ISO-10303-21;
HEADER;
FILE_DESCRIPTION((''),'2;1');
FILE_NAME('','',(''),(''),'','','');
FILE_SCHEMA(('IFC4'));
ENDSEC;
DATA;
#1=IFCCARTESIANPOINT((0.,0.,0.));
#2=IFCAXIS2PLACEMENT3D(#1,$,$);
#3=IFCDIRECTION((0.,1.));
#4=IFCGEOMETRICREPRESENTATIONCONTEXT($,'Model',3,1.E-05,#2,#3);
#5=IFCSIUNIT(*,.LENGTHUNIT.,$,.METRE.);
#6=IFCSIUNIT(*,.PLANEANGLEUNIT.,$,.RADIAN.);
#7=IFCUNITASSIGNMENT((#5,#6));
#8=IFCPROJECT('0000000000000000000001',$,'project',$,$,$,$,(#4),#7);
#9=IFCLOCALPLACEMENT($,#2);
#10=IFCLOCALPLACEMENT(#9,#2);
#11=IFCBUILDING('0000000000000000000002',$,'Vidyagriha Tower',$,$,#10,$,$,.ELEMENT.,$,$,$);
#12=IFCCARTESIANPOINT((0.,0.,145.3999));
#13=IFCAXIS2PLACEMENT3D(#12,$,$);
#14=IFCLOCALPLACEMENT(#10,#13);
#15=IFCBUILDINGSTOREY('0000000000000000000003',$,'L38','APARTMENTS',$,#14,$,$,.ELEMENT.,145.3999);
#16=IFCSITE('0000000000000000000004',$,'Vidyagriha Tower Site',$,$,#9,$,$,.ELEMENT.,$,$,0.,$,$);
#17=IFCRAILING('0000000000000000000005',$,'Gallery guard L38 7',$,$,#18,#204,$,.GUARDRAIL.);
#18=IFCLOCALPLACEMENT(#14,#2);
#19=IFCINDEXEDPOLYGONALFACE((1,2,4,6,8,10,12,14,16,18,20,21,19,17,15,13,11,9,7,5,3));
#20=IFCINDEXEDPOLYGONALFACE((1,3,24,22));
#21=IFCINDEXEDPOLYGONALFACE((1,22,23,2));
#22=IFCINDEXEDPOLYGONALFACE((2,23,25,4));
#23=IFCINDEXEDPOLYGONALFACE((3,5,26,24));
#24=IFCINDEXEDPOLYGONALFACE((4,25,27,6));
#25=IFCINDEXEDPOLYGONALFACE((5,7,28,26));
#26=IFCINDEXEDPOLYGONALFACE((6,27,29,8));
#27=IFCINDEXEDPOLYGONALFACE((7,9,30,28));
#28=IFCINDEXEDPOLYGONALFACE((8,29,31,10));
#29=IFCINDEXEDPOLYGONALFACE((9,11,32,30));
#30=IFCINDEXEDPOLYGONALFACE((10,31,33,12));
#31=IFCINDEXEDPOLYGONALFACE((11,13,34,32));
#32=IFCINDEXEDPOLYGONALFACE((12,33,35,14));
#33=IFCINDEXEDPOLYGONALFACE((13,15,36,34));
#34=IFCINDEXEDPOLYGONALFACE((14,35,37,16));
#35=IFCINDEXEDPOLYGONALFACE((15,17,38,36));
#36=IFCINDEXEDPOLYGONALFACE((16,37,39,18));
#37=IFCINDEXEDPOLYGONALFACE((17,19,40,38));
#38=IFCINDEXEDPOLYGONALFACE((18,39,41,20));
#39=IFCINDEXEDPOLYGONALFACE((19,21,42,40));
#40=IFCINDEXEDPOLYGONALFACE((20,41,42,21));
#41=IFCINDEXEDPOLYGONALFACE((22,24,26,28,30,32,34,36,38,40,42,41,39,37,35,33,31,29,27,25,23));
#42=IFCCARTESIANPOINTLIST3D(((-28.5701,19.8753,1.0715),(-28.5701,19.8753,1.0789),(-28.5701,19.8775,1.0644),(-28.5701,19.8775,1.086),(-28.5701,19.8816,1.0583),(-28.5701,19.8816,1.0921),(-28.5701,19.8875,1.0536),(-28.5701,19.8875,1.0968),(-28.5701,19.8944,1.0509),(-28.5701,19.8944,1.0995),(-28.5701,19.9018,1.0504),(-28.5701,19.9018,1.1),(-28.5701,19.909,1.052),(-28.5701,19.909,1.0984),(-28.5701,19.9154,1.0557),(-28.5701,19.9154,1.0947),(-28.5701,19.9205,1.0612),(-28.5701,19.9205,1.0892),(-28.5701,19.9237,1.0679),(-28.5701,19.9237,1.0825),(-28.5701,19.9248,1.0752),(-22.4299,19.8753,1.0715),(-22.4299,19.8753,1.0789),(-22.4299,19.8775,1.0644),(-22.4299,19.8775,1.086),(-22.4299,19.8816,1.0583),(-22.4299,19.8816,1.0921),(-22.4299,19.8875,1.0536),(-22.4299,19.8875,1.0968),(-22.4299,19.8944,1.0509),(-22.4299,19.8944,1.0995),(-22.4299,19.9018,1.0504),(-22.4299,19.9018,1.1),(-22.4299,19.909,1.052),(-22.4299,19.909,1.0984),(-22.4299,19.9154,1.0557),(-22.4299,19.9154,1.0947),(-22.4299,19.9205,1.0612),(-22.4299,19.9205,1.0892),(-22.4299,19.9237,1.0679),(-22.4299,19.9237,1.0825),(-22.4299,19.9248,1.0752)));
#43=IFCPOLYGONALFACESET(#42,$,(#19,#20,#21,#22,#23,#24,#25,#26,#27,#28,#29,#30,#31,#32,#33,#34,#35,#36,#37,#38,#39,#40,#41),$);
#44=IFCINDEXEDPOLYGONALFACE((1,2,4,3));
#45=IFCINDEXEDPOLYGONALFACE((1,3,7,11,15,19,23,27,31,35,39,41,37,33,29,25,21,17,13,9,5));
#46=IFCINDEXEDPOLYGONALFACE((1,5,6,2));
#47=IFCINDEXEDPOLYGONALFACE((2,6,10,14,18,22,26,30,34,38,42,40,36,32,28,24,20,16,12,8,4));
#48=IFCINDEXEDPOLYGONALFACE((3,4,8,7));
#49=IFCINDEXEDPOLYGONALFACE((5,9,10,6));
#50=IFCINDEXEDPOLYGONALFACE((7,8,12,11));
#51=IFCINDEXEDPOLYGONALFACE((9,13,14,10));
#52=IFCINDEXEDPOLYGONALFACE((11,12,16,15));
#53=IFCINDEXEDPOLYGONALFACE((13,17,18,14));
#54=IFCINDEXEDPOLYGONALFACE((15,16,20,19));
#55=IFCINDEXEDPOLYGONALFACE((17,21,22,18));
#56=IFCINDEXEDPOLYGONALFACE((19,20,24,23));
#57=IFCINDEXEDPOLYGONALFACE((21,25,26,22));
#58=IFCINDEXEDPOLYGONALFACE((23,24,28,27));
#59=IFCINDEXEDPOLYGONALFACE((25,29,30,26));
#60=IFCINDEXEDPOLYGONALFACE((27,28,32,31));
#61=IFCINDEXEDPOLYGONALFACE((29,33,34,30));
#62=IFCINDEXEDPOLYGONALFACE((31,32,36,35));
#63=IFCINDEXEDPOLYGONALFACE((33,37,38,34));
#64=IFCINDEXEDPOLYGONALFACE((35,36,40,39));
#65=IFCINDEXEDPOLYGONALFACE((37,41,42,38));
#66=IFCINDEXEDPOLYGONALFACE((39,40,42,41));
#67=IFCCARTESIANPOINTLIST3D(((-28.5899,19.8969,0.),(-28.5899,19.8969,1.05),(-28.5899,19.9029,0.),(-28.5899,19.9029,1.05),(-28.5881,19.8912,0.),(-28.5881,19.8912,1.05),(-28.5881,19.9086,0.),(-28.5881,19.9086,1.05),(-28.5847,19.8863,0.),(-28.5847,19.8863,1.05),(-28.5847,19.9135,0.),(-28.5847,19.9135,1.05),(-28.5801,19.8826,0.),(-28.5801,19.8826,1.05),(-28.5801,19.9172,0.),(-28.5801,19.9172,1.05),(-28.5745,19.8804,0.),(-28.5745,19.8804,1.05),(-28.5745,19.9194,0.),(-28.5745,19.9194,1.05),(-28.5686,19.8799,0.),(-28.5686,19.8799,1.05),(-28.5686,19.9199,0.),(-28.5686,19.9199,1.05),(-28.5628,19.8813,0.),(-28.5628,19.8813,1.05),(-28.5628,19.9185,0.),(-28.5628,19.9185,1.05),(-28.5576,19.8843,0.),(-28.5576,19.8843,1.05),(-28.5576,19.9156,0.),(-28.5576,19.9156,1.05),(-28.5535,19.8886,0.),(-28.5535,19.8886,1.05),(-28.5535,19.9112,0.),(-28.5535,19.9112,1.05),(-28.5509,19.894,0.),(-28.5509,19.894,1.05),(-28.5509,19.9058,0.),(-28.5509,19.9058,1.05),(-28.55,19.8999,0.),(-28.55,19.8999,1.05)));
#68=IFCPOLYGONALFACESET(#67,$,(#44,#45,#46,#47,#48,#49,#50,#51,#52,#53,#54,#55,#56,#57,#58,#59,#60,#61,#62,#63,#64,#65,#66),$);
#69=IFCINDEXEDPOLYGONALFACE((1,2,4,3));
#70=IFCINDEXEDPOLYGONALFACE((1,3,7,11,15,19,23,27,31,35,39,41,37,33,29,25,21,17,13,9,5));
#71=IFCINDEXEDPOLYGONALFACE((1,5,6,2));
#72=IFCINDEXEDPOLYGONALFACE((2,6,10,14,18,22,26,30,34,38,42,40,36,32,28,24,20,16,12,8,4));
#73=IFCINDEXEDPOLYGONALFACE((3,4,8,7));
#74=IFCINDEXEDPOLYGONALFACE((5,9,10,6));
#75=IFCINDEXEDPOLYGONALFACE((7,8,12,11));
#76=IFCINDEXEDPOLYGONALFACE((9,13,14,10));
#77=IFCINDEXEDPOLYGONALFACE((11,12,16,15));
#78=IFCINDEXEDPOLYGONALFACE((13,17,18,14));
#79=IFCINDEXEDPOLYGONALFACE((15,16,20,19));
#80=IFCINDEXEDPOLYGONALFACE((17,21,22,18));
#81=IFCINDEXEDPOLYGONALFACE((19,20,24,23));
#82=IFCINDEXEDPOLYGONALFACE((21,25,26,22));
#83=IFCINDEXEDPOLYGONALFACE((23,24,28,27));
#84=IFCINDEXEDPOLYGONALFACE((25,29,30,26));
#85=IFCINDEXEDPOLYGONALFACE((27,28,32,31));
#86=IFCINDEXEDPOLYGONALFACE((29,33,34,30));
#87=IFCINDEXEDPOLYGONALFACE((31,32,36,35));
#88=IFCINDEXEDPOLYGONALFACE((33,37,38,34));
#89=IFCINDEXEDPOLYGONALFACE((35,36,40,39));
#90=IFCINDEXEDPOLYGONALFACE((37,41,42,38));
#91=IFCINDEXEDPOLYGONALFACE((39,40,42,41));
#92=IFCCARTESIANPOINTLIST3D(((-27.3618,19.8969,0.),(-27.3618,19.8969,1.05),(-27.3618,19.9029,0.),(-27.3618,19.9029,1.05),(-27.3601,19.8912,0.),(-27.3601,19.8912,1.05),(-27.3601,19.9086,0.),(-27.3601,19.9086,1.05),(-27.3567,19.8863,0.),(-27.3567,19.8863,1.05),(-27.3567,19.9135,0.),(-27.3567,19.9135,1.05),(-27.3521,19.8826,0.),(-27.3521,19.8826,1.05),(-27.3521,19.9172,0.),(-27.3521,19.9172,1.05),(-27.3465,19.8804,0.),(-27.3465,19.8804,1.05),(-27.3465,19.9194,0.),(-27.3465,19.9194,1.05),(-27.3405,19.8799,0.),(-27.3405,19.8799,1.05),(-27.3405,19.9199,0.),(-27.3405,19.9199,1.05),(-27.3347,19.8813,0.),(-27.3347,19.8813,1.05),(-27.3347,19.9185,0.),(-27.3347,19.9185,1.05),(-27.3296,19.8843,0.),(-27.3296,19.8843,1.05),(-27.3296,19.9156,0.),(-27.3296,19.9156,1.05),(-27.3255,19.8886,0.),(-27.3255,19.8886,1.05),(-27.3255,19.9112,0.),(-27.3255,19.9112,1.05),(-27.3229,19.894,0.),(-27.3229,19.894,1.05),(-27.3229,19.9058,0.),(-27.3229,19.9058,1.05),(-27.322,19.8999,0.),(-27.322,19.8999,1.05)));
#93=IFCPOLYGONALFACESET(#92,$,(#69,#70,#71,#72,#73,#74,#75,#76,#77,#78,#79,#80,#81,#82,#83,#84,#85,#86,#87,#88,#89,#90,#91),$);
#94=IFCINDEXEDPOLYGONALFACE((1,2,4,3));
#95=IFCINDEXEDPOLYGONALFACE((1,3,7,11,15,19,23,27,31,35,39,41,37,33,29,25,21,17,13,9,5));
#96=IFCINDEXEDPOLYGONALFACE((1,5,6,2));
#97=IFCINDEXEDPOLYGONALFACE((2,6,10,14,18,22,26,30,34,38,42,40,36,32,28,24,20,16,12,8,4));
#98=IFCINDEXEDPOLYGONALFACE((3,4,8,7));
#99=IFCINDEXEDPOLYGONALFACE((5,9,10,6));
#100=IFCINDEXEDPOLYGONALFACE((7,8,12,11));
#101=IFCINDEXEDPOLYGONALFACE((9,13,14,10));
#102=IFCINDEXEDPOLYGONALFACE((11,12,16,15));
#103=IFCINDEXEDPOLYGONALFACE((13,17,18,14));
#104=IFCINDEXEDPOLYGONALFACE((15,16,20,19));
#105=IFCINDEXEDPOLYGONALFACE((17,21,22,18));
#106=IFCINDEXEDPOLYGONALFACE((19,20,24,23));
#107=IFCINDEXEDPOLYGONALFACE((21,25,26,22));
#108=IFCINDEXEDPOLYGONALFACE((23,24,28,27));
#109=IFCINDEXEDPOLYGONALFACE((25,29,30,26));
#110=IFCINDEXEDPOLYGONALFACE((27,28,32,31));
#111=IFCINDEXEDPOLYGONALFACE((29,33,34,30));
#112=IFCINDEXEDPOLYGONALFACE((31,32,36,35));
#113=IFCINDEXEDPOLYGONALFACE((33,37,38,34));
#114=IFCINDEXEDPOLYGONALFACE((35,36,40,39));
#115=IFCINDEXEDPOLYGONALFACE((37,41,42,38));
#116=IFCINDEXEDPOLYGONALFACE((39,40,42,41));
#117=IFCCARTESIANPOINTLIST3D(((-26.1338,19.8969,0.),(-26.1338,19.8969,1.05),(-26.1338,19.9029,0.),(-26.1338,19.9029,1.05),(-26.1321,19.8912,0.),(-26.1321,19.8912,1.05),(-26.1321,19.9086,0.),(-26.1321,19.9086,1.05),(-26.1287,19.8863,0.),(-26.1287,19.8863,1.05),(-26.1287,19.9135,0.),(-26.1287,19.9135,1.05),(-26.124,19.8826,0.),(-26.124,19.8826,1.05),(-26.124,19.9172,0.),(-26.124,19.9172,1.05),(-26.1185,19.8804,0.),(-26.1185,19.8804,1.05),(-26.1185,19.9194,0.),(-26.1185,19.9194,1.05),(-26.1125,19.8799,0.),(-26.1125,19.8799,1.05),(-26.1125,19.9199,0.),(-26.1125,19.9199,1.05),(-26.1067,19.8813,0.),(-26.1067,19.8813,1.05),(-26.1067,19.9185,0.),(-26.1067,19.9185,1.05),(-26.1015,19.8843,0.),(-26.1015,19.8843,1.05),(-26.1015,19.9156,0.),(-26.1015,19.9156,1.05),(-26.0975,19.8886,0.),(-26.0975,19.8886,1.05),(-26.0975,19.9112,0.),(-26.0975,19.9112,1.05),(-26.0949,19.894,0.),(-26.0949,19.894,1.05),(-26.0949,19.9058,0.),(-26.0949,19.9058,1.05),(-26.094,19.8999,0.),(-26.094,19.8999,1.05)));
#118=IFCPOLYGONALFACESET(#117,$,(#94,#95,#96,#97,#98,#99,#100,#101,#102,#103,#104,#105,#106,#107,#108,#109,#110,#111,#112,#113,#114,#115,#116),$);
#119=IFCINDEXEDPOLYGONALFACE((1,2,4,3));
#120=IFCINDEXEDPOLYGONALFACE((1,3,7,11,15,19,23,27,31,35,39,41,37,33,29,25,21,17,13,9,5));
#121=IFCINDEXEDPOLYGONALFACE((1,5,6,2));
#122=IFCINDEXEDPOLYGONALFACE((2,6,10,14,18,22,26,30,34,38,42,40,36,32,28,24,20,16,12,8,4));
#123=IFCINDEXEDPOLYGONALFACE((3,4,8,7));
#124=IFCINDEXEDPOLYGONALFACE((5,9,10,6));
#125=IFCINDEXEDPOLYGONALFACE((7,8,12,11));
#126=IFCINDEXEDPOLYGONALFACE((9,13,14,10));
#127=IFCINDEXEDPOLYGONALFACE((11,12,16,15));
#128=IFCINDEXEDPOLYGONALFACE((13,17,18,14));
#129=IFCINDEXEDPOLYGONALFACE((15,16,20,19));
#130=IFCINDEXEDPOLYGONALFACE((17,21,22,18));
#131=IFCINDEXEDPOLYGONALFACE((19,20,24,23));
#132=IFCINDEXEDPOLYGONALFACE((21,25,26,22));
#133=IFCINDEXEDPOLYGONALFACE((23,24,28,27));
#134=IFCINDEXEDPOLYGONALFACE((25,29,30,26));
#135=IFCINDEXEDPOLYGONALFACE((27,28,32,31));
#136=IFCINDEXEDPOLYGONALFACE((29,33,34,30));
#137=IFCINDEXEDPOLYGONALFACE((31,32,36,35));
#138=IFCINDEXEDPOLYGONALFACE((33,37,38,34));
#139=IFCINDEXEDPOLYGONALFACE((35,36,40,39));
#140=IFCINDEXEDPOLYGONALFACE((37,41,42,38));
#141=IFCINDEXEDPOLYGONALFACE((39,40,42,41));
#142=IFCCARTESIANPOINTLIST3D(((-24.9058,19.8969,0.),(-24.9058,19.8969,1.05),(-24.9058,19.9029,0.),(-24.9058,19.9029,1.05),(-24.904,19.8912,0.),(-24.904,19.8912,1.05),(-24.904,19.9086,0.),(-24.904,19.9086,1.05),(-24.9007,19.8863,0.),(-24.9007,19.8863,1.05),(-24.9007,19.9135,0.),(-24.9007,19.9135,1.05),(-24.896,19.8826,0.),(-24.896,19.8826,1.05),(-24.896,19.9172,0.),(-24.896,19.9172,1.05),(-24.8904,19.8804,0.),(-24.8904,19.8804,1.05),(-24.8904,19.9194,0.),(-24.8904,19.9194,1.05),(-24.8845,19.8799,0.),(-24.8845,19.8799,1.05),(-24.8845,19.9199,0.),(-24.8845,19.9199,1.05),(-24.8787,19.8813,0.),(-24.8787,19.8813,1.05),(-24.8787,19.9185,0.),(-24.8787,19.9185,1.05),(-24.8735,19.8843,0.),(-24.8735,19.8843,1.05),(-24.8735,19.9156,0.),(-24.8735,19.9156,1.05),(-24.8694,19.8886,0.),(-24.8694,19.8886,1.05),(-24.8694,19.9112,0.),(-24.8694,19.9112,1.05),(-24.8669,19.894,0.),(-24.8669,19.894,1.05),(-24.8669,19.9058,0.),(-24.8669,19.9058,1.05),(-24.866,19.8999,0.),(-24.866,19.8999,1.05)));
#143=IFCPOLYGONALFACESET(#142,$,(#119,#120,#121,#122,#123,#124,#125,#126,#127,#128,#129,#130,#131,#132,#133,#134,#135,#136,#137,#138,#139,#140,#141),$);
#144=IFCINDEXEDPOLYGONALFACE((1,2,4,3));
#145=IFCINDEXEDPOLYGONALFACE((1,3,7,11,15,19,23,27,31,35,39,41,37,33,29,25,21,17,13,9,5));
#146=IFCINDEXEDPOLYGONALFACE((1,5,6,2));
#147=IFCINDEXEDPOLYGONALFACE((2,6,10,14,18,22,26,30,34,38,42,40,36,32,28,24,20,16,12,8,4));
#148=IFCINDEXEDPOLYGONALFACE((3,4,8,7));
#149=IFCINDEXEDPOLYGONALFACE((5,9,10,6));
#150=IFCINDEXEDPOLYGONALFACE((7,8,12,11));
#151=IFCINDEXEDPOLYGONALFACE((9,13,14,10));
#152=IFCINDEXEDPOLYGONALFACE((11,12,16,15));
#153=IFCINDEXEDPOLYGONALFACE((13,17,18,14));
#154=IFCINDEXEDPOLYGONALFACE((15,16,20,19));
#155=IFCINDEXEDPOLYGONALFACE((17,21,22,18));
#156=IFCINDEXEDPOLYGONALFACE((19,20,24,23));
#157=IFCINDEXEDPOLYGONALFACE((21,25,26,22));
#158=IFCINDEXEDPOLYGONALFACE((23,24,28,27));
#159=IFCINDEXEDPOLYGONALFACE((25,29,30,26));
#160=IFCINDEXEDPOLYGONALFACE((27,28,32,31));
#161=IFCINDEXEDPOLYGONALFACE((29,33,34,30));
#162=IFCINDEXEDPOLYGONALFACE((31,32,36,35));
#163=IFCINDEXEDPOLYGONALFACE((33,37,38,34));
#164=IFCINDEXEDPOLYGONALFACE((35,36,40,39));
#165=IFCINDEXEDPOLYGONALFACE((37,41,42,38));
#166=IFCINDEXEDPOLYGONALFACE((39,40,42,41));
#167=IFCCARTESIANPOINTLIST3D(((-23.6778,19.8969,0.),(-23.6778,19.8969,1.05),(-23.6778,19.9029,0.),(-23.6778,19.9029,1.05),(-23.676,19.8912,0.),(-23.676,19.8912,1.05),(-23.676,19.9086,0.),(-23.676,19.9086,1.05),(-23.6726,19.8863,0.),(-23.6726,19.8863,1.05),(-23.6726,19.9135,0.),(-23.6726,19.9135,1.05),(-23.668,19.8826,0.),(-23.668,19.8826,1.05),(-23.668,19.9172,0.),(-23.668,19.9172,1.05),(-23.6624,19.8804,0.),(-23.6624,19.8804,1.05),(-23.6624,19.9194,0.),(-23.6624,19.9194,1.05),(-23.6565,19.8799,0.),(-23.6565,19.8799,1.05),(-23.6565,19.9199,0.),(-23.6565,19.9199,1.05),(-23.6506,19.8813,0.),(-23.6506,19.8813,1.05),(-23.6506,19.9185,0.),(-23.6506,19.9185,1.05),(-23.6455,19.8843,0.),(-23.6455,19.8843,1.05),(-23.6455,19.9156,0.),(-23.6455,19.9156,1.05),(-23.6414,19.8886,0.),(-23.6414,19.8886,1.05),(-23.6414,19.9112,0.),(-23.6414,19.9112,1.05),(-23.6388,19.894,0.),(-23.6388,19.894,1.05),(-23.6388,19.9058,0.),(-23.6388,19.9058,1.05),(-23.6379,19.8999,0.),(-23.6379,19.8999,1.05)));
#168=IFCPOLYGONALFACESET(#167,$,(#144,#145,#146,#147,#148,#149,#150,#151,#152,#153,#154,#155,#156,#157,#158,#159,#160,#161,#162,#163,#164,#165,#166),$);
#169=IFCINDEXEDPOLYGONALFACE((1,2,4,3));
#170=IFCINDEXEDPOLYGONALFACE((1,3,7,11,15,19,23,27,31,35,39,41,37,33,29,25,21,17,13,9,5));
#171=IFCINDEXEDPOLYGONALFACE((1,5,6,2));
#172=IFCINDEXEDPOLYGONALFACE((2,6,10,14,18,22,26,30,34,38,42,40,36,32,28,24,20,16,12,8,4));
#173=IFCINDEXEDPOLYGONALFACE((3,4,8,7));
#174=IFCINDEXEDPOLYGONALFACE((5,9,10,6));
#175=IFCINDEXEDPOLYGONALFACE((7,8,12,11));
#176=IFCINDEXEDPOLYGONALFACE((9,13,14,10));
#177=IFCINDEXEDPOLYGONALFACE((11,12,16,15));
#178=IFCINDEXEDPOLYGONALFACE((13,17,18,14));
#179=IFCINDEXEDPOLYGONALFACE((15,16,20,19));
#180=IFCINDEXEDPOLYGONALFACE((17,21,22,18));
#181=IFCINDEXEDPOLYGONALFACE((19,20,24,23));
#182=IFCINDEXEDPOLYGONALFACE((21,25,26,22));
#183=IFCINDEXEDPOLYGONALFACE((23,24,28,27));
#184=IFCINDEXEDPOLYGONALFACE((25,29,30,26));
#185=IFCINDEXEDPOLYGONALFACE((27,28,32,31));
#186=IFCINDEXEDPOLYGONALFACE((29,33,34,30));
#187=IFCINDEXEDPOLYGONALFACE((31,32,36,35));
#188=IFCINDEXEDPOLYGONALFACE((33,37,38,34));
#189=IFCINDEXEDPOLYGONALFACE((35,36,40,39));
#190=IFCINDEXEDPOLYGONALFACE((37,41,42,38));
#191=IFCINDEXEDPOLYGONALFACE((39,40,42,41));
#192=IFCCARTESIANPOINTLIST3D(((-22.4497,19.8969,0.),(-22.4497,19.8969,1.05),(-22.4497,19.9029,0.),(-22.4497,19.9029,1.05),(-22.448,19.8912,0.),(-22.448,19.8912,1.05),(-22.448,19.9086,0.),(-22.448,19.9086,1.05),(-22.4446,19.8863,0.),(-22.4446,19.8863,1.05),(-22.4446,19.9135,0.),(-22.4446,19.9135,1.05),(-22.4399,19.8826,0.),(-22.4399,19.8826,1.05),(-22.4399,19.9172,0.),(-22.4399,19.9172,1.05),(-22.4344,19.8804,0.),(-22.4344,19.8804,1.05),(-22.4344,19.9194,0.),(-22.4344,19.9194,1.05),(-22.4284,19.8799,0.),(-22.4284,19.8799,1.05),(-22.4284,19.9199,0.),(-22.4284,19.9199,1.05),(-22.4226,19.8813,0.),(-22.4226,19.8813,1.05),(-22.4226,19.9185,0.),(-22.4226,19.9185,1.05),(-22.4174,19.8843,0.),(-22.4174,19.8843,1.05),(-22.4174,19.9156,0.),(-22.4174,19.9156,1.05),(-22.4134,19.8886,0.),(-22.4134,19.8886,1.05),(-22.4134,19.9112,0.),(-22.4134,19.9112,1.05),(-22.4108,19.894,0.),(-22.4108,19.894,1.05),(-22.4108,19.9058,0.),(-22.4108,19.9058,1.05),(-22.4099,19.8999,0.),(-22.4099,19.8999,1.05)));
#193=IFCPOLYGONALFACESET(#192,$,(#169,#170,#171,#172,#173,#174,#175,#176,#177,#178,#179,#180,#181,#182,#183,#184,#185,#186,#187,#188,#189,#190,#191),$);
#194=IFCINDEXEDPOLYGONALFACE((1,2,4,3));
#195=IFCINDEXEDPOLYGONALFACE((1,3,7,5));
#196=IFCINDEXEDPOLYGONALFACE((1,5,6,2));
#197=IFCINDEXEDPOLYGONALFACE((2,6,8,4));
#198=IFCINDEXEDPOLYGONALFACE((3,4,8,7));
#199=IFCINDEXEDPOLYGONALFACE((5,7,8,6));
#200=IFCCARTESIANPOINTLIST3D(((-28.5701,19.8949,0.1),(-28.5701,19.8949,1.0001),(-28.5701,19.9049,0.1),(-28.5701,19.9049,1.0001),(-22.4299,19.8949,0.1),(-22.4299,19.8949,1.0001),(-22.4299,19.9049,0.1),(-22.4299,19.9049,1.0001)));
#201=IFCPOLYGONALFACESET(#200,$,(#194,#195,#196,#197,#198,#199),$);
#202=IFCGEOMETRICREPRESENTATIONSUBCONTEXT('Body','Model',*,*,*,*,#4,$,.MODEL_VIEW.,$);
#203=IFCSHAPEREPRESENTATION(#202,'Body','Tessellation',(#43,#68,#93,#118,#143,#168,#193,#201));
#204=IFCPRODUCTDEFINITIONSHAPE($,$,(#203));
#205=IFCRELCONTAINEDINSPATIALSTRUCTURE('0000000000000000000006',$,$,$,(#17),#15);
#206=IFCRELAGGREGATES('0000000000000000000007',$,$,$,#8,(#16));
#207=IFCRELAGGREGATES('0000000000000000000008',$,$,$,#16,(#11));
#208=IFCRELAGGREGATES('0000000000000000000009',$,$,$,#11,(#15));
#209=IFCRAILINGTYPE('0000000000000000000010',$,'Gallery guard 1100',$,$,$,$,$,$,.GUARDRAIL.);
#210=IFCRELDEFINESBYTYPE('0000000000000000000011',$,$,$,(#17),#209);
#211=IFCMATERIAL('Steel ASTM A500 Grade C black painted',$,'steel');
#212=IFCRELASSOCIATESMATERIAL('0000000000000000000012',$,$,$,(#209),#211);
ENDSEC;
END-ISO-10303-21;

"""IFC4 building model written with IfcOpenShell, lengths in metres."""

from ifc_helpers import new_model, si_unit, direction, frame, origin, origin_2d, place, context, subcontext, project, spatial, rectangle, circle, extrude, material, type_object, element, save


model = new_model("IFC4")

# Units and contexts
model_context = context("Model", 3, precision=1e-05, world=origin(), true_north=direction((0.0, 1.0)))
body_context = subcontext(model_context, "Body", "Model", "MODEL_VIEW")
ifc_project = project(units=[si_unit("LENGTHUNIT", "METRE"), si_unit("PLANEANGLEUNIT", "RADIAN")], contexts=[model_context])

# Site, building, storey
site_placement = place(None, origin())
site = spatial("IfcSite", under=ifc_project, at=site_placement, Name="Vidyagriha Tower Site", CompositionType="ELEMENT", RefElevation=0.0)
building_placement = place(site_placement, origin())
building = spatial("IfcBuilding", under=site, at=building_placement, Name="Vidyagriha Tower", CompositionType="ELEMENT")
storey_placement = place(building_placement, frame((0.0, 0.0, 145.3999)))
storey = spatial("IfcBuildingStorey", under=building, at=storey_placement, Name="L38", Description="APARTMENTS", CompositionType="ELEMENT", Elevation=145.3999)

# Railing
ifc_material_1 = material(Name="Steel ASTM A500 Grade C black painted", Category="steel")
railing_type = type_object("IfcRailingType", Name="Gallery guard 1100", PredefinedType="GUARDRAIL", material=ifc_material_1)
railing_1_placement = place(storey_placement, frame((-28.5701, 19.8999, 0.0)))
element("IfcRailing", 1, at=railing_1_placement, inside=storey, type_object=railing_type, Name="Gallery guard L38 7", PredefinedType="GUARDRAIL", context=body_context, shape_type="SweptSolid", body=[
    extrude(circle(Radius=0.0249, at=origin_2d()), frame((0.0, 0.0, 1.0752), z_axis=(1.0, 0.0, 0.0), x_axis=(0.0, 1.0, 0.0)), (0.0, 0.0, 1.0), 6.1401),
    extrude(circle(Radius=0.02, at=origin_2d()), origin(), (0.0, 0.0, 1.0), 1.05),
    extrude(circle(Radius=0.02, at=origin_2d()), frame((1.228, 0.0, 0.0)), (0.0, 0.0, 1.0), 1.05),
    extrude(circle(Radius=0.02, at=origin_2d()), frame((2.4561, 0.0, 0.0)), (0.0, 0.0, 1.0), 1.05),
    extrude(circle(Radius=0.02, at=origin_2d()), frame((3.6841, 0.0, 0.0)), (0.0, 0.0, 1.0), 1.05),
    extrude(circle(Radius=0.02, at=origin_2d()), frame((4.9121, 0.0, 0.0)), (0.0, 0.0, 1.0), 1.05),
    extrude(circle(Radius=0.02, at=origin_2d()), frame((6.1401, 0.0, 0.0)), (0.0, 0.0, 1.0), 1.05),
    extrude(rectangle(XDim=0.01, YDim=0.9001, at=origin_2d()), frame((0.0, 0.0, 0.55), z_axis=(1.0, 0.0, 0.0), x_axis=(0.0, 1.0, 0.0)), (0.0, 0.0, 1.0), 6.1401),
])

save(model, "model.ifc")
